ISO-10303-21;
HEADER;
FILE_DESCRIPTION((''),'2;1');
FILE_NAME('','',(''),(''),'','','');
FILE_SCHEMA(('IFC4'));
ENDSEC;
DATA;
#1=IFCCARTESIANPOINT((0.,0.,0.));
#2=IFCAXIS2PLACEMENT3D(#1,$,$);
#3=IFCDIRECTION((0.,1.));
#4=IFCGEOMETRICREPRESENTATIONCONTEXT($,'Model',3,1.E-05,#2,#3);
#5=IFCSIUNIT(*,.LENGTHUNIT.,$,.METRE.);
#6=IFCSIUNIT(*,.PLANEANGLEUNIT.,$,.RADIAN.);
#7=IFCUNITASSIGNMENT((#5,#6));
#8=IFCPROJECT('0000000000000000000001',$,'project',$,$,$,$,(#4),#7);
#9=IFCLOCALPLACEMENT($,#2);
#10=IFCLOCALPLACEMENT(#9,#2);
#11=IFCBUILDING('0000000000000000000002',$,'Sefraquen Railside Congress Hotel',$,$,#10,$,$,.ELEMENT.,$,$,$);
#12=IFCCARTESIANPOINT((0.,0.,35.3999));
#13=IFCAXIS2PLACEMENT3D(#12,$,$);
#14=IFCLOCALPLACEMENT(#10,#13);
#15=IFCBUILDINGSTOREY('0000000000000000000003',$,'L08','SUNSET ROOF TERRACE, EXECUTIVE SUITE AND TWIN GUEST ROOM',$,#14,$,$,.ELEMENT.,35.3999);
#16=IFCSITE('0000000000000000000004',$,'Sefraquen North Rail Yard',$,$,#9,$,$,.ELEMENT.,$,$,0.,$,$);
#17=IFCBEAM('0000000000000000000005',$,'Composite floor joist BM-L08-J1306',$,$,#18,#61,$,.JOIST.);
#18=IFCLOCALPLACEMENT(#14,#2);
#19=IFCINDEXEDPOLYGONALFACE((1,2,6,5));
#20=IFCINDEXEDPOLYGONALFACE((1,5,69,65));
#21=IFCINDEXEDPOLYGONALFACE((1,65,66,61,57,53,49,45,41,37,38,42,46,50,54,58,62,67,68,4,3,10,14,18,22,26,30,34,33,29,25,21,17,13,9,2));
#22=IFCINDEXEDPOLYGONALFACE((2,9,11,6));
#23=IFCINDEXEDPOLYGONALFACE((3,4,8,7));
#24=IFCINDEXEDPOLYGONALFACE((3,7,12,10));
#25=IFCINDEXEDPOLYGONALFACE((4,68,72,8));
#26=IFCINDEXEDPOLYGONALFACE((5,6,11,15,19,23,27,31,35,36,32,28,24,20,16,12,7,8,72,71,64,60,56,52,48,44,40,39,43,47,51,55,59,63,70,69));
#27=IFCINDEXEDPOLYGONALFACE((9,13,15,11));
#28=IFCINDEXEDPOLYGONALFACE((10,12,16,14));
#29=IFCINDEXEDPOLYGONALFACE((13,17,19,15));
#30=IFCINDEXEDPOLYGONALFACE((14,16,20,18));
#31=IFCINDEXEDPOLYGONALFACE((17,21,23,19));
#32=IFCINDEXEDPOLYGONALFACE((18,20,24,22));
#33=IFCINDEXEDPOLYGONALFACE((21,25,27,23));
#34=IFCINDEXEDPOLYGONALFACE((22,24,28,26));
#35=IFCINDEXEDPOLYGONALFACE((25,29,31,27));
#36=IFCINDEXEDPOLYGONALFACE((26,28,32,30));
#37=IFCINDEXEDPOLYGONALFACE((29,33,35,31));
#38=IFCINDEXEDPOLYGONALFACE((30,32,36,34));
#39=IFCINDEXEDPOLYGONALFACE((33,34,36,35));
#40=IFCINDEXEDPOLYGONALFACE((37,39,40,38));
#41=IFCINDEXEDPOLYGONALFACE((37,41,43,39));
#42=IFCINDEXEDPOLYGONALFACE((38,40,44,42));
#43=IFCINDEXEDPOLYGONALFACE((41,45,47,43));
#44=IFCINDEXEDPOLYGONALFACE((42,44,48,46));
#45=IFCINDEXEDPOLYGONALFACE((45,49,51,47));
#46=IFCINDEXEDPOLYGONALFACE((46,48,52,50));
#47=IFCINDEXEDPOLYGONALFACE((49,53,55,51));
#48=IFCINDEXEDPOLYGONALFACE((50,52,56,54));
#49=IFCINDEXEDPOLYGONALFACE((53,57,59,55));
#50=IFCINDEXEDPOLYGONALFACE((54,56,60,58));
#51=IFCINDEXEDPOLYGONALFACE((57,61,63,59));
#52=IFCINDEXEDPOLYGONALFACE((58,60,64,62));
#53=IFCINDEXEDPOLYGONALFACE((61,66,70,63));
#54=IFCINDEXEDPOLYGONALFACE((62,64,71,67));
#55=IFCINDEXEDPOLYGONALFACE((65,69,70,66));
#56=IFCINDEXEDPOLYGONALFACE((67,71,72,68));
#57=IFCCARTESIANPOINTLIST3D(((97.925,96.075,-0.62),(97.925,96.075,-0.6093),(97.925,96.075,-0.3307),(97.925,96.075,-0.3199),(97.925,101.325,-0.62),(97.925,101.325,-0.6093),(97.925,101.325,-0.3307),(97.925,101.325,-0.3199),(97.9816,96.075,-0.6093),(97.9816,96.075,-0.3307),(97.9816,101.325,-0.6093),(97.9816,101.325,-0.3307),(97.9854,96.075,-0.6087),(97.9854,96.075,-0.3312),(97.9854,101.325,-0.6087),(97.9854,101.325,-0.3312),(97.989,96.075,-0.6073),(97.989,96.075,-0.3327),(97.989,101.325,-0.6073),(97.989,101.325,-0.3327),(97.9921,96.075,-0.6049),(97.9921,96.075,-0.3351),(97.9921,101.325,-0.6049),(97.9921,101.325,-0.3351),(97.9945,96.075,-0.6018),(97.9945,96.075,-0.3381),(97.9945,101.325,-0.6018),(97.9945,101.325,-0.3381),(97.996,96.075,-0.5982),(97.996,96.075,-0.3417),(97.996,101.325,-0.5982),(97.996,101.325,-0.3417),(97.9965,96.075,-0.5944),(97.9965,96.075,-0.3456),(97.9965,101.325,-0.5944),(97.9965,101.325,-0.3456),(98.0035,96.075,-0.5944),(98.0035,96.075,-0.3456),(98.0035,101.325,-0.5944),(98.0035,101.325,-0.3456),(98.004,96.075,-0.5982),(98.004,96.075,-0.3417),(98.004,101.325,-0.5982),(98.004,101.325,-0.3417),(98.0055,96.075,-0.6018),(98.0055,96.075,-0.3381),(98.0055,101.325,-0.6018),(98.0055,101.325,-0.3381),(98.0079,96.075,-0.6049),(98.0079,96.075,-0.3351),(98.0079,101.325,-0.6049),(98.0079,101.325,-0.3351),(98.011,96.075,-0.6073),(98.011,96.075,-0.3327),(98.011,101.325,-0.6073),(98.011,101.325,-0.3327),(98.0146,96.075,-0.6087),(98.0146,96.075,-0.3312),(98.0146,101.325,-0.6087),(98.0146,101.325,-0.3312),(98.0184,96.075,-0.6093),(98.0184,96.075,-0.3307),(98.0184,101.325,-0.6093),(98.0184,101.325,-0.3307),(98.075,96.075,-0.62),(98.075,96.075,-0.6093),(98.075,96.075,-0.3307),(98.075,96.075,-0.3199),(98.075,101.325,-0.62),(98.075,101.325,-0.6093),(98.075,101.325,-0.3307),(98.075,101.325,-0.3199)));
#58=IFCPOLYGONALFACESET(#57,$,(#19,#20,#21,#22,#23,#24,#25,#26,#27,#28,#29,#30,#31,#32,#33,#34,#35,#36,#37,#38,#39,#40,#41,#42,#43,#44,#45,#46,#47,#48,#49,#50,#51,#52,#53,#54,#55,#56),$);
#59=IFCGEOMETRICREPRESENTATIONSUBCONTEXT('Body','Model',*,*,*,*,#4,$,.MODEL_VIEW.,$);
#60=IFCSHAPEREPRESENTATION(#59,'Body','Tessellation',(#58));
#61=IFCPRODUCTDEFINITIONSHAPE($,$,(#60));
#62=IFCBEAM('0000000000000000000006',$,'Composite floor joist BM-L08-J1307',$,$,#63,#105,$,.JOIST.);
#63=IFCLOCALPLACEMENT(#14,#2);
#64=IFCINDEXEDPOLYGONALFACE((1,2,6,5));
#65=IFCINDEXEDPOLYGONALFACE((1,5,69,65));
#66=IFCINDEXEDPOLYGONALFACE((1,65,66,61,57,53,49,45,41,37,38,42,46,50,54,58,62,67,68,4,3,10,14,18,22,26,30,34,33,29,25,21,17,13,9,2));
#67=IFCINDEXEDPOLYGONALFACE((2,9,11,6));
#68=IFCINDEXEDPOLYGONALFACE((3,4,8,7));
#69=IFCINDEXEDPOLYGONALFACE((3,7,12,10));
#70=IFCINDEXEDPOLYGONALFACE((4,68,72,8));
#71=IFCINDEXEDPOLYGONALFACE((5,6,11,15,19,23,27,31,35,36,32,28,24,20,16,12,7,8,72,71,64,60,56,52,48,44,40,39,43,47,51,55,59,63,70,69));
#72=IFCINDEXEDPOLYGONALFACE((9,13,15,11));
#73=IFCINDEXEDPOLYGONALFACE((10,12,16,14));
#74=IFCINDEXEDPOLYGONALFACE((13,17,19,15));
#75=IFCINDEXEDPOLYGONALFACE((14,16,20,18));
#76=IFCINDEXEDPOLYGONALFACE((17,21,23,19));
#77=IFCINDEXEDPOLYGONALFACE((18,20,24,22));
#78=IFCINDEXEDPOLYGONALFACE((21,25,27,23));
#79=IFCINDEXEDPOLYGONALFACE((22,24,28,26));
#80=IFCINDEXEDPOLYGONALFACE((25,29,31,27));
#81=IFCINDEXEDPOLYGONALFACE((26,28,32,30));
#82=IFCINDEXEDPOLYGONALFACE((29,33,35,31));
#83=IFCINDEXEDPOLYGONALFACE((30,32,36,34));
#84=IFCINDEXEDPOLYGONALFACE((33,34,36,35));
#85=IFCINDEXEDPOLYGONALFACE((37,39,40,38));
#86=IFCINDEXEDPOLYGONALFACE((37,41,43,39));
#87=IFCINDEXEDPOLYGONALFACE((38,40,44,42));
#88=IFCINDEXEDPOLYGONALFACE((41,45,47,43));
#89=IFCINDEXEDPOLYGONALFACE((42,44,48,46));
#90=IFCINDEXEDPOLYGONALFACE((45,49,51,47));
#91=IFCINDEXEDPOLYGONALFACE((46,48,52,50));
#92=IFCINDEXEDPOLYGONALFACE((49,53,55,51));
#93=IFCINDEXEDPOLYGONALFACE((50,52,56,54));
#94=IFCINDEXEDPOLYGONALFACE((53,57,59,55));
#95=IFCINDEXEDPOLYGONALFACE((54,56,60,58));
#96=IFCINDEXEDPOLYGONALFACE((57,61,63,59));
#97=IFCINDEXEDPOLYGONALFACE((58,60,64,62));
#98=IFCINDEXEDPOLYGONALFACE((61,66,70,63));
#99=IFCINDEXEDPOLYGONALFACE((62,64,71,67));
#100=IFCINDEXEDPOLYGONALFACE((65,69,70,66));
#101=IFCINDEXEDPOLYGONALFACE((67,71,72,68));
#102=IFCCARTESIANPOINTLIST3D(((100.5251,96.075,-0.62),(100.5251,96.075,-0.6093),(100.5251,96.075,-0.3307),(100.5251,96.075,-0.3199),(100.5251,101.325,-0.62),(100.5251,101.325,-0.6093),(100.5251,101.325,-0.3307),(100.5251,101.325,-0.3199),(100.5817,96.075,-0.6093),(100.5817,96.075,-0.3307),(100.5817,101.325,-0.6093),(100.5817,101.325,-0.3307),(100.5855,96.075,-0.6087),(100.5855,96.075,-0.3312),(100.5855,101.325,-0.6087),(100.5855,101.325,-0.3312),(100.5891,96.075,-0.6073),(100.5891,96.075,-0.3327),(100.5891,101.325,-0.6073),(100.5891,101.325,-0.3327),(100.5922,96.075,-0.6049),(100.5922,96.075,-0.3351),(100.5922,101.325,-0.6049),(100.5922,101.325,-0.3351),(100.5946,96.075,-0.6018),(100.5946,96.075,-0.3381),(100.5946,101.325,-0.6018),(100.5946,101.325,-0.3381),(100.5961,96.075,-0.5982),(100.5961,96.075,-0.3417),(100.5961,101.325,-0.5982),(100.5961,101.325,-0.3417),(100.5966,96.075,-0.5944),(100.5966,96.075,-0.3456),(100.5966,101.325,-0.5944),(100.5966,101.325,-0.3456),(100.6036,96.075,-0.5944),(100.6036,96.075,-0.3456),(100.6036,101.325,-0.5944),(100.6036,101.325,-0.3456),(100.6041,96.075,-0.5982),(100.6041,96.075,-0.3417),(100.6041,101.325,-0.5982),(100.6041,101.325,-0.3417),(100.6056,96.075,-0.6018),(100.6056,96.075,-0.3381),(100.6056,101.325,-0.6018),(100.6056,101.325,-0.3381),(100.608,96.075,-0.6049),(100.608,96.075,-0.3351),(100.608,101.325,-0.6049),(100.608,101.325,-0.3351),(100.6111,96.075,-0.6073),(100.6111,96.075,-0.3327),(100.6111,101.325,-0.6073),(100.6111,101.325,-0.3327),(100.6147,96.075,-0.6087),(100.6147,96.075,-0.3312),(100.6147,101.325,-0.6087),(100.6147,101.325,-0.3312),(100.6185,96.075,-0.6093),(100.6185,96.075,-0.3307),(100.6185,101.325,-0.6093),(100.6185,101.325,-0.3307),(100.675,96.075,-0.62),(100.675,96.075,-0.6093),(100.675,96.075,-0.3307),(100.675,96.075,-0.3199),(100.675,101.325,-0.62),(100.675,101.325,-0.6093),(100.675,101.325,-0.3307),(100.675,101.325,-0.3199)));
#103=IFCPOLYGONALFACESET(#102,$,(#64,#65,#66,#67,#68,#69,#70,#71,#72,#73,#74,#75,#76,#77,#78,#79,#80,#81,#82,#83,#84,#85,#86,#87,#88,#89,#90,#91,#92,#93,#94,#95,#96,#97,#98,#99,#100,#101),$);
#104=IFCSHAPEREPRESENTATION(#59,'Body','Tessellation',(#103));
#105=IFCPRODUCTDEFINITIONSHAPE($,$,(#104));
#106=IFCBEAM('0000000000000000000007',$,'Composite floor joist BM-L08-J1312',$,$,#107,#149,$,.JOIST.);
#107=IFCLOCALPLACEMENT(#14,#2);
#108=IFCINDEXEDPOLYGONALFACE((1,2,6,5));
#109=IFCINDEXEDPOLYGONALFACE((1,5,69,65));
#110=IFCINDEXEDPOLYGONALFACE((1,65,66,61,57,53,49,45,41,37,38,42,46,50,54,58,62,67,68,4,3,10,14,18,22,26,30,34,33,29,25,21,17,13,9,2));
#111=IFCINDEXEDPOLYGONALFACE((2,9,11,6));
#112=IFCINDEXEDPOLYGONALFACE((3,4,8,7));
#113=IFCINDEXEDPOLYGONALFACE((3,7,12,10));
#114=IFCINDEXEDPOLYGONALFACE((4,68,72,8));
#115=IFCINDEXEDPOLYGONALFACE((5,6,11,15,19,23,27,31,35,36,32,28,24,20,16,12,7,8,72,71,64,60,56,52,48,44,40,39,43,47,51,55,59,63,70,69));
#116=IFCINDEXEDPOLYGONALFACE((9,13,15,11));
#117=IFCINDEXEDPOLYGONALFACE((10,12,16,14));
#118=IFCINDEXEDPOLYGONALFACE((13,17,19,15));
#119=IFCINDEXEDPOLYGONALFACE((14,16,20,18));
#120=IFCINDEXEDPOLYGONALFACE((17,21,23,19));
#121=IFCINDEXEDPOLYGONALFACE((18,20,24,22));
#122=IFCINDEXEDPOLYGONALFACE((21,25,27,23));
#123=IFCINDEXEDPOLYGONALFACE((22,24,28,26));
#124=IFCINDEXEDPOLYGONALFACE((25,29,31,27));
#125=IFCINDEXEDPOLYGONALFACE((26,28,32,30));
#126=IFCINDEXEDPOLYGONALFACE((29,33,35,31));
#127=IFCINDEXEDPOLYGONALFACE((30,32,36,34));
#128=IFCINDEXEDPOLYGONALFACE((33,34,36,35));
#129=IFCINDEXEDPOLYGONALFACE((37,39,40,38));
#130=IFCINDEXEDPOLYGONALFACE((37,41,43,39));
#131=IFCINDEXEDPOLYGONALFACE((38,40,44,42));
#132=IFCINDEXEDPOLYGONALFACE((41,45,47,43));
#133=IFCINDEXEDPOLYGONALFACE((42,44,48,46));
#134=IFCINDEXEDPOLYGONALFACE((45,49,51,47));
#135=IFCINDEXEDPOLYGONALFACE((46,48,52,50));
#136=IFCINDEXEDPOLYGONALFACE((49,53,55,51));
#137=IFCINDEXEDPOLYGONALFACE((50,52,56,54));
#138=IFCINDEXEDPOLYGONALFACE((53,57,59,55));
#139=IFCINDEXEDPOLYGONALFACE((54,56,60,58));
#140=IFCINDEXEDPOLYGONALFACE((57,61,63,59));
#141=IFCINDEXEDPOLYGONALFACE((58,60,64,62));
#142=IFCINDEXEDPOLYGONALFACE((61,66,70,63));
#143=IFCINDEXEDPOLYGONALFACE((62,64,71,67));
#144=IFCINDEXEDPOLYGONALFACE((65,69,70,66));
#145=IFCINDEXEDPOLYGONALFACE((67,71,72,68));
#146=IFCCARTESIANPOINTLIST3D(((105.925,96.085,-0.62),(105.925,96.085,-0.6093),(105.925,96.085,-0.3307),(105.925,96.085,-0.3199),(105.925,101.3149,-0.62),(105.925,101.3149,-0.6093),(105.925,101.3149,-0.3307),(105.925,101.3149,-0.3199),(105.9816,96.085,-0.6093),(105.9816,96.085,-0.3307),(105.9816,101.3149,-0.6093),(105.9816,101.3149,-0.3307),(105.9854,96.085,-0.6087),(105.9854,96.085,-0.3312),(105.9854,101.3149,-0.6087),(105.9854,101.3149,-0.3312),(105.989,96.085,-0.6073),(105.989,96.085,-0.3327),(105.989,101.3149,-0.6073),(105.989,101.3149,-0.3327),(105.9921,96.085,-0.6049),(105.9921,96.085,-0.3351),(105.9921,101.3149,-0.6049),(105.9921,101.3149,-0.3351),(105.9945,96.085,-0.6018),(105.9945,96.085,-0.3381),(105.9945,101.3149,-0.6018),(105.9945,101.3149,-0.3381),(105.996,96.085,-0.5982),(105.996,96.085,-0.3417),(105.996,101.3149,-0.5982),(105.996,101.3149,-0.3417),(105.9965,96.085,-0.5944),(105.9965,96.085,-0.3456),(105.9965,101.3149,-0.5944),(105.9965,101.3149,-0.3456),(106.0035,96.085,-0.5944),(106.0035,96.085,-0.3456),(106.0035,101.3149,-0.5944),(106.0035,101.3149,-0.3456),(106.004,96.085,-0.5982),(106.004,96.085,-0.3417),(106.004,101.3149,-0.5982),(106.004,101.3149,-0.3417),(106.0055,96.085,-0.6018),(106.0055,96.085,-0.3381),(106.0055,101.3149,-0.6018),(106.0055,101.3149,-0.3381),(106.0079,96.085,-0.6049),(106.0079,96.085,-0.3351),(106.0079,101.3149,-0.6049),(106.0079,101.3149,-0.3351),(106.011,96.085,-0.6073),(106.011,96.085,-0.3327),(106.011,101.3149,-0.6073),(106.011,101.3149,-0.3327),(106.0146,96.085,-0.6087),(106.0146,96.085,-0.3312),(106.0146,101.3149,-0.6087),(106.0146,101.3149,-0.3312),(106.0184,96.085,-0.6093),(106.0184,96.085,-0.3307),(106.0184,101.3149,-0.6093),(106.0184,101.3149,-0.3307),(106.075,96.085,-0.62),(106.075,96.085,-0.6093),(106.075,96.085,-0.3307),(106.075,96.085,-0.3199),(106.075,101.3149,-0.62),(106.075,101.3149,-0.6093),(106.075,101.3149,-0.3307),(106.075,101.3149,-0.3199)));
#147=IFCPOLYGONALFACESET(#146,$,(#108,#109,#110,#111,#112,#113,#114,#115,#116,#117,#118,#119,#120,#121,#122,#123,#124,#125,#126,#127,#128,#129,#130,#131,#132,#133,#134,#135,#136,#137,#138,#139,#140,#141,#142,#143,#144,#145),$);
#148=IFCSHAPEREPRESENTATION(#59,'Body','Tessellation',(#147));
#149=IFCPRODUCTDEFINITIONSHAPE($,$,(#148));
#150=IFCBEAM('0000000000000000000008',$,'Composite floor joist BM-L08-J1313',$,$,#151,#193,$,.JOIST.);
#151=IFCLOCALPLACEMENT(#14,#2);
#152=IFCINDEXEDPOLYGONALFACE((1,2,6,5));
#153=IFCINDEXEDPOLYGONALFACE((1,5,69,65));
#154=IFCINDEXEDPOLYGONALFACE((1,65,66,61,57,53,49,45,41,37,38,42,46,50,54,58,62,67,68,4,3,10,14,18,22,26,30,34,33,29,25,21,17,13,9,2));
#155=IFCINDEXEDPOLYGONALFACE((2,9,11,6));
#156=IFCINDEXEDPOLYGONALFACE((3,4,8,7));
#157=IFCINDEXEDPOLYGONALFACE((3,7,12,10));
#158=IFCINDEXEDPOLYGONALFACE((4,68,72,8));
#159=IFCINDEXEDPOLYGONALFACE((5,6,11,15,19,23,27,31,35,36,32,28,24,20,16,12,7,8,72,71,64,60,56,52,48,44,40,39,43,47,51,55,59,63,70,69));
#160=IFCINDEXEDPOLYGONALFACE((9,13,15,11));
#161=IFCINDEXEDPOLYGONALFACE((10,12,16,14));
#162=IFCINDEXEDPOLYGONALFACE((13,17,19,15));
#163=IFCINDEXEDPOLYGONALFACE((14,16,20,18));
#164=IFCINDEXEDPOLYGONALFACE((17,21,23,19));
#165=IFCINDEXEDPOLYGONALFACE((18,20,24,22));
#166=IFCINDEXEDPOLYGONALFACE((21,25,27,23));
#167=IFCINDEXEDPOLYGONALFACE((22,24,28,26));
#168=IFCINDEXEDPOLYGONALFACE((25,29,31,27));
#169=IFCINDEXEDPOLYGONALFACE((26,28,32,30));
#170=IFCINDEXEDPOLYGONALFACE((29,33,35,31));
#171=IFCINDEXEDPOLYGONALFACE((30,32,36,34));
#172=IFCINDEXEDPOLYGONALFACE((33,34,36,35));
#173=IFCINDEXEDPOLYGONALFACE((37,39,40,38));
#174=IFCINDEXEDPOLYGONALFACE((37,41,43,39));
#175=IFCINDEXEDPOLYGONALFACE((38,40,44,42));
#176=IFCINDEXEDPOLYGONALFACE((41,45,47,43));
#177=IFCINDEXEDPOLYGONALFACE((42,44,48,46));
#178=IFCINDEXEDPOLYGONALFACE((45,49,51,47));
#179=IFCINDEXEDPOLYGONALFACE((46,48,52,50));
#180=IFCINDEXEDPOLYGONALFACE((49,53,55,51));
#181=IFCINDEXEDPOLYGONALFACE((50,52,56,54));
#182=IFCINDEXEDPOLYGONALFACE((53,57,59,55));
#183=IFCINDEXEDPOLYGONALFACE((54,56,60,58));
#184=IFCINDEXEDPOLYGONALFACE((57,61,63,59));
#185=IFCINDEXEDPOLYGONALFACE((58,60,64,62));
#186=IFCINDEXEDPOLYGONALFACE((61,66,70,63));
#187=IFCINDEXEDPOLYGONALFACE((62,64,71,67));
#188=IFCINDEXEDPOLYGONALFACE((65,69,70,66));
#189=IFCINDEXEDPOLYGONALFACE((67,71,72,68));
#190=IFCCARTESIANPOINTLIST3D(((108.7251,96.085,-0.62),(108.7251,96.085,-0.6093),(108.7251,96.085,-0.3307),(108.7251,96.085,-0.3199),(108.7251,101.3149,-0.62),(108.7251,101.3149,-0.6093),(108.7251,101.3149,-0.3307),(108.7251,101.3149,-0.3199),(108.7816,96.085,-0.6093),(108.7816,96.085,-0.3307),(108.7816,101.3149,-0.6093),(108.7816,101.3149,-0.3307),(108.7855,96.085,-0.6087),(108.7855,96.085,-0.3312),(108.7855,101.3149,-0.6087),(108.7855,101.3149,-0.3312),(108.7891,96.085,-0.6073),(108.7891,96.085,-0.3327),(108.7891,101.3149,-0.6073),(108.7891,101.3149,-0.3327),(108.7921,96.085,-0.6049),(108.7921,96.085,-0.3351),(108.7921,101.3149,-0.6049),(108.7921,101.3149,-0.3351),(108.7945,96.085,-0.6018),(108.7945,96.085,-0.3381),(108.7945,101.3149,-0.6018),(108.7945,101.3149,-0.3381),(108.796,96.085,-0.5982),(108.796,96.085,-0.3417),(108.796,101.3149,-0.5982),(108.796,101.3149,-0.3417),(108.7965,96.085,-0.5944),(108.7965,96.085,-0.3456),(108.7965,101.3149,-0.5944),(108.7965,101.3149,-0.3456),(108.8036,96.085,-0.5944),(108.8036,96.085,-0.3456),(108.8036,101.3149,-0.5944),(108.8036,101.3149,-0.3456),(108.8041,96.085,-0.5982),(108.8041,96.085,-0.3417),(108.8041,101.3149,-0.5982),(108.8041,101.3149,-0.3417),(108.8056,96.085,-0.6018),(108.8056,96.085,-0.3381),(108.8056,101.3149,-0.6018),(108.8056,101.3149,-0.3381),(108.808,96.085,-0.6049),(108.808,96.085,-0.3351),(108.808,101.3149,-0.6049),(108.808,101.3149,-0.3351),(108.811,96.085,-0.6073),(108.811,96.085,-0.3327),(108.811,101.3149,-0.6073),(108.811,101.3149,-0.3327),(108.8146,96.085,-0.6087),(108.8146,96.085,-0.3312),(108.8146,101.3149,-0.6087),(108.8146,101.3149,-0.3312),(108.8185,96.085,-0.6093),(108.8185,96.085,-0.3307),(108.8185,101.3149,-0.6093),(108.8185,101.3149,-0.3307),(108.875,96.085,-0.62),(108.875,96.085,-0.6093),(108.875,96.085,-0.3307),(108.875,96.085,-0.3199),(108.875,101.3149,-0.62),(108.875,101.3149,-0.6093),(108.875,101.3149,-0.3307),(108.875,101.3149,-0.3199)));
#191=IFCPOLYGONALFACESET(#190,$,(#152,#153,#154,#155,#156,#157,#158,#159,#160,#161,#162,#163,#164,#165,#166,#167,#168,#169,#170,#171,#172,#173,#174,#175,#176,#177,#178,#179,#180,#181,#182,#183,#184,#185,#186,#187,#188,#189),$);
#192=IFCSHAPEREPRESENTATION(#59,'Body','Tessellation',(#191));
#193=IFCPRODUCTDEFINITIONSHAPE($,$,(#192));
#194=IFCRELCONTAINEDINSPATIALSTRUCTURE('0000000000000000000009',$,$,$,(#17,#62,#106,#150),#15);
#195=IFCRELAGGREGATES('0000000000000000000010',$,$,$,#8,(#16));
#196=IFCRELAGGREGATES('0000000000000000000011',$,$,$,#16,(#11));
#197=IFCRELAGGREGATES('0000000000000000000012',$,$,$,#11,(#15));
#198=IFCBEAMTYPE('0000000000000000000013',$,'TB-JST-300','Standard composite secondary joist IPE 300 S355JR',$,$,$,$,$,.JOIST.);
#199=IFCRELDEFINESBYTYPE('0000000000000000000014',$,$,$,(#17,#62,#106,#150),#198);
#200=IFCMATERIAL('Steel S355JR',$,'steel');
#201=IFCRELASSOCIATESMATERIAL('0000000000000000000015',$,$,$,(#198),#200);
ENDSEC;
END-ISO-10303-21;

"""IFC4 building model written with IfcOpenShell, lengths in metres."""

from ifc_helpers import new_model, si_unit, direction, frame, origin, origin_2d, place, context, subcontext, project, spatial, i_section, extrude, material, material_profile, profile_set, type_object, element, save


model = new_model("IFC4")

# Units and contexts
model_context = context("Model", 3, precision=1e-05, world=origin(), true_north=direction((0.0, 1.0)))
body_context = subcontext(model_context, "Body", "Model", "MODEL_VIEW")
ifc_project = project(units=[si_unit("LENGTHUNIT", "METRE"), si_unit("PLANEANGLEUNIT", "RADIAN")], contexts=[model_context])

# Site, building, storey
site_placement = place(None, origin())
site = spatial("IfcSite", under=ifc_project, at=site_placement, Name="Sefraquen North Rail Yard", CompositionType="ELEMENT", RefElevation=0.0)
building_placement = place(site_placement, origin())
building = spatial("IfcBuilding", under=site, at=building_placement, Name="Sefraquen Railside Congress Hotel", CompositionType="ELEMENT")
storey_placement = place(building_placement, frame((0.0, 0.0, 35.3999)))
storey = spatial("IfcBuildingStorey", under=building, at=storey_placement, Name="L08", Description="SUNSET ROOF TERRACE, EXECUTIVE SUITE AND TWIN GUEST ROOM", CompositionType="ELEMENT", Elevation=35.3999)

# Shared definitions
ifc_material_1 = material(Name="Steel S355JR", Category="steel")

# Beams
ifc_material_profile_1 = material_profile(ifc_material_1, i_section(OverallWidth=0.1499, OverallDepth=0.3, WebThickness=0.0071, FlangeThickness=0.0107, FilletRadius=0.0149, at=origin_2d()), Name="IPE 300")
ifc_profile_set_1 = profile_set([ifc_material_profile_1], Name="Steel S355JR")
beam_type_1 = type_object("IfcBeamType", Name="TB-JST-300", Description="Standard composite secondary joist IPE 300 S355JR", PredefinedType="JOIST", material=ifc_profile_set_1)
for number, where, z_axis, x_axis, name in (
    (1, (98.0, 96.075, -0.47), (0.0, 1.0, 0.0), (-1.0, 0.0, 0.0), "Composite floor joist BM-L08-J1306"),
    (2, (100.6001, 96.075, -0.47), (0.0, 1.0, 0.0), (-1.0, 0.0, 0.0), "Composite floor joist BM-L08-J1307"),
):
    element("IfcBeam", number, at=place(storey_placement, frame(where, z_axis=z_axis, x_axis=x_axis)), inside=storey, type_object=beam_type_1, Name=name, PredefinedType="JOIST", context=body_context, shape_type="SweptSolid", body=[
        extrude(i_section(OverallWidth=0.1499, OverallDepth=0.3, WebThickness=0.0071, FlangeThickness=0.0107, FilletRadius=0.0149, at=origin_2d()), origin(), (0.0, 0.0, 1.0), 5.25),
    ])
for number, where, z_axis, x_axis, name in (
    (3, (106.0, 96.085, -0.47), (0.0, 1.0, 0.0), (-1.0, 0.0, 0.0), "Composite floor joist BM-L08-J1312"),
    (4, (108.8, 96.085, -0.47), (0.0, 1.0, 0.0), (-1.0, 0.0, 0.0), "Composite floor joist BM-L08-J1313"),
):
    element("IfcBeam", number, at=place(storey_placement, frame(where, z_axis=z_axis, x_axis=x_axis)), inside=storey, type_object=beam_type_1, Name=name, PredefinedType="JOIST", context=body_context, shape_type="SweptSolid", body=[
        extrude(i_section(OverallWidth=0.1499, OverallDepth=0.3, WebThickness=0.0071, FlangeThickness=0.0107, FilletRadius=0.0149, at=origin_2d()), origin(), (0.0, 0.0, 1.0), 5.23),
    ])

save(model, "model.ifc")
